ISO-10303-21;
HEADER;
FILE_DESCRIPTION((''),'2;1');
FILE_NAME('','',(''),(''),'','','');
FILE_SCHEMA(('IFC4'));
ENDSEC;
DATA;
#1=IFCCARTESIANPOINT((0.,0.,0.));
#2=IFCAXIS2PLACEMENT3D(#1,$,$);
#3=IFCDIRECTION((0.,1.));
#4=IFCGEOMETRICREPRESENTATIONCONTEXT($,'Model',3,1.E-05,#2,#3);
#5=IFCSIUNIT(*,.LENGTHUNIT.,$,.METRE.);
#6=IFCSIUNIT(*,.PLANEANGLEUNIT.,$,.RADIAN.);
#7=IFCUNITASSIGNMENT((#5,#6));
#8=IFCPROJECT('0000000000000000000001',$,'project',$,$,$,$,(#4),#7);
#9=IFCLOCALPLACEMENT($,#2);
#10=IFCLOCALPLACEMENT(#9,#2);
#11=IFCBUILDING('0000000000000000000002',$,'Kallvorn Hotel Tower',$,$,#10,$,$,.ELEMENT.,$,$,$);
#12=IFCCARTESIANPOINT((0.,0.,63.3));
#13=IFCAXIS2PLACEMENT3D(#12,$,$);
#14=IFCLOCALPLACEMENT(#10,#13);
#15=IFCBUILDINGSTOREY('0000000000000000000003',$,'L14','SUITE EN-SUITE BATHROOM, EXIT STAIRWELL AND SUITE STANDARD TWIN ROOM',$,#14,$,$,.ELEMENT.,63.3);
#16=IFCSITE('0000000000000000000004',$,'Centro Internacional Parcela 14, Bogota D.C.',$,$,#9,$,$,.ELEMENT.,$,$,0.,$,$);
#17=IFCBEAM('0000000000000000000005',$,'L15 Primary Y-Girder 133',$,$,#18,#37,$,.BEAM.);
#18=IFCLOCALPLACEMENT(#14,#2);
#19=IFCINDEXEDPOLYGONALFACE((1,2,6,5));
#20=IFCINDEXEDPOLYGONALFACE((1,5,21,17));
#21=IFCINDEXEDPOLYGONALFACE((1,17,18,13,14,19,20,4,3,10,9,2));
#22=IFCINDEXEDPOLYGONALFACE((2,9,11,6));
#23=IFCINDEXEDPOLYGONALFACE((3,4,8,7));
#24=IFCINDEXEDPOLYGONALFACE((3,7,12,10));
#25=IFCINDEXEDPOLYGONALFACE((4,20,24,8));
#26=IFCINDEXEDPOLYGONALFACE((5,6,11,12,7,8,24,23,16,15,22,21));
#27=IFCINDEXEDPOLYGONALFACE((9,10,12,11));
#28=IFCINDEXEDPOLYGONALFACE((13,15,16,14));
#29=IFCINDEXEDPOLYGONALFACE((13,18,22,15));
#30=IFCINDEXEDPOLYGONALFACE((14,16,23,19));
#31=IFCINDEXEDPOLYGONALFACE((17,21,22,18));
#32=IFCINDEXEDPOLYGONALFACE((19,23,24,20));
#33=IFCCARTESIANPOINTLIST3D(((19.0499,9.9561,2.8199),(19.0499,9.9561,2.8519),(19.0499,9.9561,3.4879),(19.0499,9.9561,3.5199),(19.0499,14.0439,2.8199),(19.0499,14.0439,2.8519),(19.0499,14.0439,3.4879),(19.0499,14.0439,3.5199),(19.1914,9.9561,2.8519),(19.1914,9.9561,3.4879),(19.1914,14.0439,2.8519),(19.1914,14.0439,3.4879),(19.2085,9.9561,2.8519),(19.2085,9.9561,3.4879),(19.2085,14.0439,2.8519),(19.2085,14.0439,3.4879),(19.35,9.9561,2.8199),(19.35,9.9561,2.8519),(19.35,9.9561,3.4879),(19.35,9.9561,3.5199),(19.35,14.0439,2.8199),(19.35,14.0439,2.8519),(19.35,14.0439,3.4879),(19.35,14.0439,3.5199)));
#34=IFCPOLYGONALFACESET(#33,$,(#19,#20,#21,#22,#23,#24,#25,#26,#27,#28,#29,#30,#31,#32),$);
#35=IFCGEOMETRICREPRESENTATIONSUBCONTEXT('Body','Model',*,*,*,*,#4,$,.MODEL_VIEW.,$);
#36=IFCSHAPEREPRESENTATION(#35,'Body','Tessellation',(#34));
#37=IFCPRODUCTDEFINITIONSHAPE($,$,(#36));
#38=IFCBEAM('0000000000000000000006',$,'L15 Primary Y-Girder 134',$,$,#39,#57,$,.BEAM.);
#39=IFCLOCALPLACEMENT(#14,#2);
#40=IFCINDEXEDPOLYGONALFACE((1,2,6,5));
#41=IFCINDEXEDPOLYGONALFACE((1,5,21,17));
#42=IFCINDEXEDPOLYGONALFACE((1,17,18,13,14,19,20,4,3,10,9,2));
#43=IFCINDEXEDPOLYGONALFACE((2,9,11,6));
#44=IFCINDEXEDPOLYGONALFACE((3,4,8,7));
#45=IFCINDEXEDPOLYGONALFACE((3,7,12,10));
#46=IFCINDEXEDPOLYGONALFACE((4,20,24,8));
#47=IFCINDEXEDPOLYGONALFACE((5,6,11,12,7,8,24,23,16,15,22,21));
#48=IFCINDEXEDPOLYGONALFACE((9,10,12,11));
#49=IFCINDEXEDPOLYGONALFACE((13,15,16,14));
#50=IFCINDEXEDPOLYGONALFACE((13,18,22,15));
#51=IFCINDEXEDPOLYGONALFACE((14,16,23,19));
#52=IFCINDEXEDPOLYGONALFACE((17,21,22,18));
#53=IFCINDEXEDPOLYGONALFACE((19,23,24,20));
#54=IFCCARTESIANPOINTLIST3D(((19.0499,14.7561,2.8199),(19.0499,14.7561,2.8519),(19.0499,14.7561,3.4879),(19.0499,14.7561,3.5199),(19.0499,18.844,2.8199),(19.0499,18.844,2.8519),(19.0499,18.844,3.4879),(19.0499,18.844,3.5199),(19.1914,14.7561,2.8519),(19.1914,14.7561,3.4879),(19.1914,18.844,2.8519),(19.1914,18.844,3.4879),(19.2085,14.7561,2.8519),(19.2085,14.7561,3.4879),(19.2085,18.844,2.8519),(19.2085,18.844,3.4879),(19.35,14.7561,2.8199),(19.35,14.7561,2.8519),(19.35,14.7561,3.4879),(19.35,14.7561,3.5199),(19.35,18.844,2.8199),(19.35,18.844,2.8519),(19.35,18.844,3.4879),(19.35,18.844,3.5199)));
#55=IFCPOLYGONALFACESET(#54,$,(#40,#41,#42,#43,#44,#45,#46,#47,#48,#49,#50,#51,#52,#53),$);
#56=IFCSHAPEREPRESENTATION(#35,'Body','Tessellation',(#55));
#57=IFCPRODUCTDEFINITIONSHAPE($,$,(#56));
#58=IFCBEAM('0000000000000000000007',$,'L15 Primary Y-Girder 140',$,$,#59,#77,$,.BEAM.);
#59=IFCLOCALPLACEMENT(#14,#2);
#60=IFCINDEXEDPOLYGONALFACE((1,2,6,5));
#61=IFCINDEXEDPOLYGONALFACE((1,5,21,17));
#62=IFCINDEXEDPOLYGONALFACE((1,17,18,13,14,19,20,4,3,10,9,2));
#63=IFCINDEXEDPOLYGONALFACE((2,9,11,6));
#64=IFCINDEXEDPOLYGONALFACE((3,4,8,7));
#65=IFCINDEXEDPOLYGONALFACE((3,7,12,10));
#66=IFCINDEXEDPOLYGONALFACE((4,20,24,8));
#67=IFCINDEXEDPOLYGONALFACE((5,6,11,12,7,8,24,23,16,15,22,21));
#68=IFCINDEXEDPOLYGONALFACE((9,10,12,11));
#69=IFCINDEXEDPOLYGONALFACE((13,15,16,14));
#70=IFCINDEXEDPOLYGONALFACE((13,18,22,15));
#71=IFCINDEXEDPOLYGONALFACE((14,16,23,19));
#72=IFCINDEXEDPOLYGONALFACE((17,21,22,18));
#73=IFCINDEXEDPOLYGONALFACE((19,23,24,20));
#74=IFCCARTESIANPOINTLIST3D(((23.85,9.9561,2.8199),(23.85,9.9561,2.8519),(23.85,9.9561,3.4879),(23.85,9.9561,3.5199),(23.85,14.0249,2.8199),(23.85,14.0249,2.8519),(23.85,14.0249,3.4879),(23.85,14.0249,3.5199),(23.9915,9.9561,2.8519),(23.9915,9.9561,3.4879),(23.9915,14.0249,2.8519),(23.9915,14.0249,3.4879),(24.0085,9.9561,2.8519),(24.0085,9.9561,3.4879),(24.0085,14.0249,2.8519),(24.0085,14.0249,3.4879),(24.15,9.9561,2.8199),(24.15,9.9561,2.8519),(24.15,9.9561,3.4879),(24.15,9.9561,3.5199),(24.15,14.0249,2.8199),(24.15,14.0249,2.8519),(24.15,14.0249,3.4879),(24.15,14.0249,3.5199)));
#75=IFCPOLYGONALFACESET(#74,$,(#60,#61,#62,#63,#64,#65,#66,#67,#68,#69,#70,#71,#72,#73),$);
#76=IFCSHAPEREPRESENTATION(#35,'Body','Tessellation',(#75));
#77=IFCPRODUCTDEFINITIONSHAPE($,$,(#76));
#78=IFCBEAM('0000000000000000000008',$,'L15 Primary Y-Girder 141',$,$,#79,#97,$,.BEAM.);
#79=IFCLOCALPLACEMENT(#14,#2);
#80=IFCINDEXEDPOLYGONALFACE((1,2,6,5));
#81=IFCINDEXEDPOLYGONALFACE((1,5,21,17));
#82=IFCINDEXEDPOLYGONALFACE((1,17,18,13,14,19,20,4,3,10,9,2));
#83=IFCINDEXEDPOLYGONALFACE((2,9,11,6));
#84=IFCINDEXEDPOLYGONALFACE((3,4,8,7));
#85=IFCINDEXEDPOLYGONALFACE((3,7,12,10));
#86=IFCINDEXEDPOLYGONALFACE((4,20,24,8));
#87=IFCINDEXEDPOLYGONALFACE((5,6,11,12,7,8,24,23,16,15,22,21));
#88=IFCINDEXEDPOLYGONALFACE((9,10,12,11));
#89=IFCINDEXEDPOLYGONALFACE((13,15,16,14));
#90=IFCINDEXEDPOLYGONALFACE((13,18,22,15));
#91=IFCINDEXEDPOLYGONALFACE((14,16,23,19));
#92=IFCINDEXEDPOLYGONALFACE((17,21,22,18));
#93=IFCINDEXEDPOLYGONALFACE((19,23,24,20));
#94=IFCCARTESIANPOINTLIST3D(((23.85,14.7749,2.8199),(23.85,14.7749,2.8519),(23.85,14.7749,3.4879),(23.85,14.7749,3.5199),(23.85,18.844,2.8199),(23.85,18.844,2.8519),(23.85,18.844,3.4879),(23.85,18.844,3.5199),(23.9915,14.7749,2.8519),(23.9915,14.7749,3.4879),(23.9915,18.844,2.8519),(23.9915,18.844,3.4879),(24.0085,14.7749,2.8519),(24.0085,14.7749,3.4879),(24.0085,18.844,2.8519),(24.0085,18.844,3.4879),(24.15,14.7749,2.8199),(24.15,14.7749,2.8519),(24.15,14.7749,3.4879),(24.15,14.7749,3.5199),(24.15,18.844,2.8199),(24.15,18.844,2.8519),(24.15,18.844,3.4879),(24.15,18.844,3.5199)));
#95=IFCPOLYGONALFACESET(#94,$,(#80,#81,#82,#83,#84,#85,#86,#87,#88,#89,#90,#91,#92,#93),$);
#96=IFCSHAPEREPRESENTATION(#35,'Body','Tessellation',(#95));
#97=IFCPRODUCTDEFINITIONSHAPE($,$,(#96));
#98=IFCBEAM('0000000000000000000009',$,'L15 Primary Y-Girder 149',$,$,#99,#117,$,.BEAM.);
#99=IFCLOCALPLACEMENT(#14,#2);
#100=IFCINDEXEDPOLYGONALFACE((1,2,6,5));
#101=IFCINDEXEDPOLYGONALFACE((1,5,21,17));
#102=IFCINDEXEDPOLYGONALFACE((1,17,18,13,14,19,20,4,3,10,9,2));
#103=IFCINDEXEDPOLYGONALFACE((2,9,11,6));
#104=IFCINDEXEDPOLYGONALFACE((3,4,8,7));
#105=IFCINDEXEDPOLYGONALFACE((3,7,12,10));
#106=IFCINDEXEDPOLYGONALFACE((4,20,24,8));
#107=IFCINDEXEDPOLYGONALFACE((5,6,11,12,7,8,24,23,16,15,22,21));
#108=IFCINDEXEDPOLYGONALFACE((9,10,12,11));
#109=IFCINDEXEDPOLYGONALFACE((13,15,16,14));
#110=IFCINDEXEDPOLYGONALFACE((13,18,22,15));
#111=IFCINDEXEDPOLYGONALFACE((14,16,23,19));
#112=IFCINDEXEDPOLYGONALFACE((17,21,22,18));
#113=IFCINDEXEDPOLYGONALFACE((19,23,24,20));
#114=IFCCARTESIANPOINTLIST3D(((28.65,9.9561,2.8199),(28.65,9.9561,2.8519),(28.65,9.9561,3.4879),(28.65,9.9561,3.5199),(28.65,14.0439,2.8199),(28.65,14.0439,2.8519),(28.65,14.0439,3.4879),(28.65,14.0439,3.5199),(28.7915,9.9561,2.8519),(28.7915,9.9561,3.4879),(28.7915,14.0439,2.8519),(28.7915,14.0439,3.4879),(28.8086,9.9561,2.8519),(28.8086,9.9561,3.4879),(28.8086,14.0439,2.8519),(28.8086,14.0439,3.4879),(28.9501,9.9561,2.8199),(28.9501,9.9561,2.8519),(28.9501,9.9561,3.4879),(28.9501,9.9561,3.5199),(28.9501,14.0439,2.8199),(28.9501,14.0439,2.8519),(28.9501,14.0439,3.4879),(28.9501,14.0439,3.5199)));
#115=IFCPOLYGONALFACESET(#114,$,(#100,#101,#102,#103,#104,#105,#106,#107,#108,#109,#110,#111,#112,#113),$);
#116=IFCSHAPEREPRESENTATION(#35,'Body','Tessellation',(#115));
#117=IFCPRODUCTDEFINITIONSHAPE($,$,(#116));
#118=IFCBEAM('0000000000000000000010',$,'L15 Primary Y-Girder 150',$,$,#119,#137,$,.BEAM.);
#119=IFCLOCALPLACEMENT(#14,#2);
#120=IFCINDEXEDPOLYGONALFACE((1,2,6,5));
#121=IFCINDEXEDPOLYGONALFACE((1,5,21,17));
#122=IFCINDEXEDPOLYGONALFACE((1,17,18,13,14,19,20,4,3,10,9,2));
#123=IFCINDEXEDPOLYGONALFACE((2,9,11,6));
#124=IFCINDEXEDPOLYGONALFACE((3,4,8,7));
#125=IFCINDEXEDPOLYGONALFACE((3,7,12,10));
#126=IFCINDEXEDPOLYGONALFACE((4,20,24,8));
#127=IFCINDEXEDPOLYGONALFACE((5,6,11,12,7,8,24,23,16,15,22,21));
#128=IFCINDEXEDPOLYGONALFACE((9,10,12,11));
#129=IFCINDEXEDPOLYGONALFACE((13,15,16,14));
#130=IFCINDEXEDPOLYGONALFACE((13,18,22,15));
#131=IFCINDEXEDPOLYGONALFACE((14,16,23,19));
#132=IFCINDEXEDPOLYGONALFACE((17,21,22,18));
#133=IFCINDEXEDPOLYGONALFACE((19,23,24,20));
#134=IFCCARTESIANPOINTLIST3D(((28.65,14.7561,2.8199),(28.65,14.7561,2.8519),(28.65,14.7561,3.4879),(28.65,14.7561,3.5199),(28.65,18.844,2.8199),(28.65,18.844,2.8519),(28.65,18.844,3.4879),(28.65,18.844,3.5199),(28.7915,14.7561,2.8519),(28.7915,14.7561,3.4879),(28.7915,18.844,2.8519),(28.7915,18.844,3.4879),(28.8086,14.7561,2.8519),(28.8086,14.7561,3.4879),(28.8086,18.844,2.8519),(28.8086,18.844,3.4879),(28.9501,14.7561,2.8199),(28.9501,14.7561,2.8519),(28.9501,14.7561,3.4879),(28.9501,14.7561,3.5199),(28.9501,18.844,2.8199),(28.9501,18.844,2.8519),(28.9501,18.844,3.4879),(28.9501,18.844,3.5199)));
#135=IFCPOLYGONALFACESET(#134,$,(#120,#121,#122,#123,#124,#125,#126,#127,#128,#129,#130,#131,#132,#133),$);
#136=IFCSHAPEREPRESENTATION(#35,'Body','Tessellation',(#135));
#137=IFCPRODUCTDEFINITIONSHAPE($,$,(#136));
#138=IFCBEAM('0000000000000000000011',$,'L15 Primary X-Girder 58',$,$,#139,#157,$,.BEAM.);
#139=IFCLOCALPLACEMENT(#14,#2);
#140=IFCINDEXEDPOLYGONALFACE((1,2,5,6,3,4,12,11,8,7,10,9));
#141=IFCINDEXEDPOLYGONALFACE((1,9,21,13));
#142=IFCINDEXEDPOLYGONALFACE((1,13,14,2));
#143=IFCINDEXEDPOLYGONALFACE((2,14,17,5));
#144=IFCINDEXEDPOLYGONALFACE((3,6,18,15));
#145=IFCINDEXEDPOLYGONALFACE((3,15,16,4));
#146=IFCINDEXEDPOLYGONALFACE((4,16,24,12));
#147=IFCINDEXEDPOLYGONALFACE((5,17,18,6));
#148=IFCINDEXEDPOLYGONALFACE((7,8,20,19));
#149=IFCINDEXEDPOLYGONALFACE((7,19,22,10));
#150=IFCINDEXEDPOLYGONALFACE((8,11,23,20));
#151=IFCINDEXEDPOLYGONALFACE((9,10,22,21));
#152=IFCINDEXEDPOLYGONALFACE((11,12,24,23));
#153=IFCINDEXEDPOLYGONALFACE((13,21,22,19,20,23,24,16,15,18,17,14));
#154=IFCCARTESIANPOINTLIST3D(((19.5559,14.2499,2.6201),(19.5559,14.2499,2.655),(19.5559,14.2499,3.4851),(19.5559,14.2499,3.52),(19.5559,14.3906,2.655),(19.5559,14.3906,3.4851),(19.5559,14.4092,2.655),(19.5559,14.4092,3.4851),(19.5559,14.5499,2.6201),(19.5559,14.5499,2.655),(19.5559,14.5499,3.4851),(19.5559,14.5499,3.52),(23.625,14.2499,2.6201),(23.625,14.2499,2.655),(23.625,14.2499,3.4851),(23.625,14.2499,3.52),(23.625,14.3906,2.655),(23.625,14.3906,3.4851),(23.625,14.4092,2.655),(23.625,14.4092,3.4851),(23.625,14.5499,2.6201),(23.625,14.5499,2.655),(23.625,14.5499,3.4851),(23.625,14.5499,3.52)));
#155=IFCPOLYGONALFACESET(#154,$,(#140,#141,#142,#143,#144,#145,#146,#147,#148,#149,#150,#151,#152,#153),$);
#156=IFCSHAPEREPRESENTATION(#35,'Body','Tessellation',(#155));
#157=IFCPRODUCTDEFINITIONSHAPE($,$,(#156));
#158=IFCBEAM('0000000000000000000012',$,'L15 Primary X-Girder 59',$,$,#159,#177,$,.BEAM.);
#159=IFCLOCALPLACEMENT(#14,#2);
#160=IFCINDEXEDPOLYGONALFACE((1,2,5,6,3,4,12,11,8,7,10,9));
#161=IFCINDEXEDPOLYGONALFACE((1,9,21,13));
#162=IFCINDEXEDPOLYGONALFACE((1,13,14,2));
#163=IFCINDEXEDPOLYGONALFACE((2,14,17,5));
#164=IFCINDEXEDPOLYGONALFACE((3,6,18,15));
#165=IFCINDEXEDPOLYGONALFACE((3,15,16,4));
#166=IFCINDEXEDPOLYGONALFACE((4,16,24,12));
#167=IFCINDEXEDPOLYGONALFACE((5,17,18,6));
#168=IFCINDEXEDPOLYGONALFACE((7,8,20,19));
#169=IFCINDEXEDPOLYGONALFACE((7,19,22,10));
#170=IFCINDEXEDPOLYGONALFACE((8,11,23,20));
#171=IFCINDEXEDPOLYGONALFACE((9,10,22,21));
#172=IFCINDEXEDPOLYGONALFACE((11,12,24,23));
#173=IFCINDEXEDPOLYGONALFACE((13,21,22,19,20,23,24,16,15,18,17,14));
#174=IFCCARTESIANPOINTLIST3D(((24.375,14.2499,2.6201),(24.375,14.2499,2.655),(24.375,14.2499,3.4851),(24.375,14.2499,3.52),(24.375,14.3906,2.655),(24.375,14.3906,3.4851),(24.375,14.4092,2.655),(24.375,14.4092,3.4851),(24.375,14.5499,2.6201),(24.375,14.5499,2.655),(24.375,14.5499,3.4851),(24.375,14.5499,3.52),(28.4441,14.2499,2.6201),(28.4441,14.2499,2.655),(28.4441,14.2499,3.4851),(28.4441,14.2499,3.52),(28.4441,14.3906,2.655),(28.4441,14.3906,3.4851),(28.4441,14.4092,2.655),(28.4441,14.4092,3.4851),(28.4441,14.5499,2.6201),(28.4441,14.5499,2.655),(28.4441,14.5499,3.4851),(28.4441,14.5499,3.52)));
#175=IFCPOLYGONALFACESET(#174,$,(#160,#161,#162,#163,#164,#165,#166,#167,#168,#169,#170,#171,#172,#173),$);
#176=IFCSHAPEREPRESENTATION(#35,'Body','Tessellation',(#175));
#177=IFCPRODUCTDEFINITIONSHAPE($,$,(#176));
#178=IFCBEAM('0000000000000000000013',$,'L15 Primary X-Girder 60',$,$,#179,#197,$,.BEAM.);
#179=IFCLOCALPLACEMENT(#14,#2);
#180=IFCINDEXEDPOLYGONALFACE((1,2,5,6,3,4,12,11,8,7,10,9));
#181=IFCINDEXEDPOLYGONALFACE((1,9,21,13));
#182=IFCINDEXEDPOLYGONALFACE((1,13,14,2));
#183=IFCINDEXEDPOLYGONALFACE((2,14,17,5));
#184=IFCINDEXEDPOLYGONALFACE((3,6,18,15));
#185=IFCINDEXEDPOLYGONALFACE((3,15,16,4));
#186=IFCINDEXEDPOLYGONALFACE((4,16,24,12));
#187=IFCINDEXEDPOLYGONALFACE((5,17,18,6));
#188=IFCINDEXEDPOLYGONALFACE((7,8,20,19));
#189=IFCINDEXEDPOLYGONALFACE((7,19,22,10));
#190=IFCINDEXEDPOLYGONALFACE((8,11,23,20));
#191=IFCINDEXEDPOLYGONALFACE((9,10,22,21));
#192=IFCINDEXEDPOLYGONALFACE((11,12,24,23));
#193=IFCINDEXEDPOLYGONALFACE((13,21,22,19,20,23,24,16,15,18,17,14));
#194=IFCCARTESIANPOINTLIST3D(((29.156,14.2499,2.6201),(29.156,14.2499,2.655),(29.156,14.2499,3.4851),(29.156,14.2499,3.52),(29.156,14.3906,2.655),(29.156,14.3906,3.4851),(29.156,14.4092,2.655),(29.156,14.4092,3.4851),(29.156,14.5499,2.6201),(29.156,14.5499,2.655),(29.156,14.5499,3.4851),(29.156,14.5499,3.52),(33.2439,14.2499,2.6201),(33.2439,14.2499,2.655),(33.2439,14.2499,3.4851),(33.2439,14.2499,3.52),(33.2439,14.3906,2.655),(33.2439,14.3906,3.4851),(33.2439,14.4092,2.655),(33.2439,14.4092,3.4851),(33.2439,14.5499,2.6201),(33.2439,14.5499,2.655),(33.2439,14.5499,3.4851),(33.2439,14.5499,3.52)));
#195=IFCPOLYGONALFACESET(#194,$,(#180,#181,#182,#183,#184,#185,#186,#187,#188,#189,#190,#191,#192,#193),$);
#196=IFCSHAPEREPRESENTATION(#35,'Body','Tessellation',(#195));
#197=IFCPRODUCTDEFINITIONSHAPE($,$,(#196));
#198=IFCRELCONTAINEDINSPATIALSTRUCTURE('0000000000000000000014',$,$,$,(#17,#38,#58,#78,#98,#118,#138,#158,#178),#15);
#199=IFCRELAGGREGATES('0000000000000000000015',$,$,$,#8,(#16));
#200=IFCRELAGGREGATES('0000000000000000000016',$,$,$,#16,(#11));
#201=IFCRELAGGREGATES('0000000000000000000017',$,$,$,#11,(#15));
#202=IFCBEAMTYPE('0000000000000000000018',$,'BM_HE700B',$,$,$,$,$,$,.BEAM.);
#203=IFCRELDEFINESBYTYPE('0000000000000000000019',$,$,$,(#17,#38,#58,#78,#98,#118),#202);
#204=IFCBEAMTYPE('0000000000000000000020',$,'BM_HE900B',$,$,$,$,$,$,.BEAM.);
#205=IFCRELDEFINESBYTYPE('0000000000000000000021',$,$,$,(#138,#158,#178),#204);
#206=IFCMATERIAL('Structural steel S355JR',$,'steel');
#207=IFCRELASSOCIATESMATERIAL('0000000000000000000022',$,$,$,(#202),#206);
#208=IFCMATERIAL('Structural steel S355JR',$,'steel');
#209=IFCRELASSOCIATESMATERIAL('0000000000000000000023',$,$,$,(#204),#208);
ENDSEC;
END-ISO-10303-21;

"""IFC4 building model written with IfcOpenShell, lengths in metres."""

from ifc_helpers import new_model, si_unit, direction, frame, origin, origin_2d, place, context, subcontext, project, spatial, i_section, extrude, material, material_profile, profile_set, type_object, element, save


model = new_model("IFC4")

# Units and contexts
model_context = context("Model", 3, precision=1e-05, world=origin(), true_north=direction((0.0, 1.0)))
body_context = subcontext(model_context, "Body", "Model", "MODEL_VIEW")
ifc_project = project(units=[si_unit("LENGTHUNIT", "METRE"), si_unit("PLANEANGLEUNIT", "RADIAN")], contexts=[model_context])

# Site, building, storey
site_placement = place(None, origin())
site = spatial("IfcSite", under=ifc_project, at=site_placement, Name="Centro Internacional Parcela 14, Bogota D.C.", CompositionType="ELEMENT", RefElevation=0.0)
building_placement = place(site_placement, origin())
building = spatial("IfcBuilding", under=site, at=building_placement, Name="Kallvorn Hotel Tower", CompositionType="ELEMENT")
storey_placement = place(building_placement, frame((0.0, 0.0, 63.3)))
storey = spatial("IfcBuildingStorey", under=building, at=storey_placement, Name="L14", Description="SUITE EN-SUITE BATHROOM, EXIT STAIRWELL AND SUITE STANDARD TWIN ROOM", CompositionType="ELEMENT", Elevation=63.3)

# Beams
ifc_material_1 = material(Name="Structural steel S355JR", Category="steel")
ifc_material_profile_1 = material_profile(ifc_material_1, i_section(OverallWidth=0.3, OverallDepth=0.7, WebThickness=0.0171, FlangeThickness=0.032, at=origin_2d()), Name="HE 700 B")
ifc_profile_set_1 = profile_set([ifc_material_profile_1], Name="Structural steel S355JR")
beam_type_1 = type_object("IfcBeamType", Name="BM_HE700B", PredefinedType="BEAM", material=ifc_profile_set_1)
for number, where, z_axis, x_axis, name in (
    (1, (19.2, 9.9561, 3.1699), (0.0, 1.0, 0.0), (-1.0, 0.0, 0.0), "L15 Primary Y-Girder 133"),
    (2, (19.2, 14.7561, 3.1699), (0.0, 1.0, 0.0), (-1.0, 0.0, 0.0), "L15 Primary Y-Girder 134"),
):
    element("IfcBeam", number, at=place(storey_placement, frame(where, z_axis=z_axis, x_axis=x_axis)), inside=storey, type_object=beam_type_1, Name=name, PredefinedType="BEAM", context=body_context, shape_type="SweptSolid", body=[
        extrude(i_section(OverallWidth=0.3, OverallDepth=0.7, WebThickness=0.0171, FlangeThickness=0.032, at=origin_2d()), origin(), (0.0, 0.0, 1.0), 4.0879),
    ])
beam_1_placement = place(storey_placement, frame((24.0, 9.9561, 3.1699), z_axis=(0.0, 1.0, 0.0), x_axis=(-1.0, 0.0, 0.0)))
element("IfcBeam", 3, at=beam_1_placement, inside=storey, type_object=beam_type_1, Name="L15 Primary Y-Girder 140", PredefinedType="BEAM", context=body_context, shape_type="SweptSolid", body=[
    extrude(i_section(OverallWidth=0.3, OverallDepth=0.7, WebThickness=0.0171, FlangeThickness=0.032, at=origin_2d()), origin(), (0.0, 0.0, 1.0), 4.0688),
])
beam_2_placement = place(storey_placement, frame((24.0, 14.7749, 3.1699), z_axis=(0.0, 1.0, 0.0), x_axis=(-1.0, 0.0, 0.0)))
element("IfcBeam", 4, at=beam_2_placement, inside=storey, type_object=beam_type_1, Name="L15 Primary Y-Girder 141", PredefinedType="BEAM", context=body_context, shape_type="SweptSolid", body=[
    extrude(i_section(OverallWidth=0.3, OverallDepth=0.7, WebThickness=0.0171, FlangeThickness=0.032, at=origin_2d()), origin(), (0.0, 0.0, 1.0), 4.0691),
])
for number, where, z_axis, x_axis, name in (
    (5, (28.8, 9.9561, 3.1699), (0.0, 1.0, 0.0), (-1.0, 0.0, 0.0), "L15 Primary Y-Girder 149"),
    (6, (28.8, 14.7561, 3.1699), (0.0, 1.0, 0.0), (-1.0, 0.0, 0.0), "L15 Primary Y-Girder 150"),
):
    element("IfcBeam", number, at=place(storey_placement, frame(where, z_axis=z_axis, x_axis=x_axis)), inside=storey, type_object=beam_type_1, Name=name, PredefinedType="BEAM", context=body_context, shape_type="SweptSolid", body=[
        extrude(i_section(OverallWidth=0.3, OverallDepth=0.7, WebThickness=0.0171, FlangeThickness=0.032, at=origin_2d()), origin(), (0.0, 0.0, 1.0), 4.0879),
    ])
ifc_material_2 = material(Name="Structural steel S355JR", Category="steel")
ifc_material_profile_2 = material_profile(ifc_material_2, i_section(OverallWidth=0.3, OverallDepth=0.8999, WebThickness=0.0186, FlangeThickness=0.0349, at=origin_2d()), Name="HE 900 B")
ifc_profile_set_2 = profile_set([ifc_material_profile_2], Name="Structural steel S355JR")
beam_type_2 = type_object("IfcBeamType", Name="BM_HE900B", PredefinedType="BEAM", material=ifc_profile_set_2)
for number, where, z_axis, x_axis, name in (
    (7, (19.5559, 14.3999, 3.0701), (1.0, 0.0, 0.0), (0.0, 1.0, 0.0), "L15 Primary X-Girder 58"),
    (8, (24.375, 14.3999, 3.0701), (1.0, 0.0, 0.0), (0.0, 1.0, 0.0), "L15 Primary X-Girder 59"),
):
    element("IfcBeam", number, at=place(storey_placement, frame(where, z_axis=z_axis, x_axis=x_axis)), inside=storey, type_object=beam_type_2, Name=name, PredefinedType="BEAM", context=body_context, shape_type="SweptSolid", body=[
        extrude(i_section(OverallWidth=0.3, OverallDepth=0.8999, WebThickness=0.0186, FlangeThickness=0.0349, at=origin_2d()), origin(), (0.0, 0.0, 1.0), 4.0691),
    ])
beam_3_placement = place(storey_placement, frame((29.156, 14.3999, 3.0701), z_axis=(1.0, 0.0, 0.0), x_axis=(0.0, 1.0, 0.0)))
element("IfcBeam", 9, at=beam_3_placement, inside=storey, type_object=beam_type_2, Name="L15 Primary X-Girder 60", PredefinedType="BEAM", context=body_context, shape_type="SweptSolid", body=[
    extrude(i_section(OverallWidth=0.3, OverallDepth=0.8999, WebThickness=0.0186, FlangeThickness=0.0349, at=origin_2d()), origin(), (0.0, 0.0, 1.0), 4.0879),
])

save(model, "model.ifc")
